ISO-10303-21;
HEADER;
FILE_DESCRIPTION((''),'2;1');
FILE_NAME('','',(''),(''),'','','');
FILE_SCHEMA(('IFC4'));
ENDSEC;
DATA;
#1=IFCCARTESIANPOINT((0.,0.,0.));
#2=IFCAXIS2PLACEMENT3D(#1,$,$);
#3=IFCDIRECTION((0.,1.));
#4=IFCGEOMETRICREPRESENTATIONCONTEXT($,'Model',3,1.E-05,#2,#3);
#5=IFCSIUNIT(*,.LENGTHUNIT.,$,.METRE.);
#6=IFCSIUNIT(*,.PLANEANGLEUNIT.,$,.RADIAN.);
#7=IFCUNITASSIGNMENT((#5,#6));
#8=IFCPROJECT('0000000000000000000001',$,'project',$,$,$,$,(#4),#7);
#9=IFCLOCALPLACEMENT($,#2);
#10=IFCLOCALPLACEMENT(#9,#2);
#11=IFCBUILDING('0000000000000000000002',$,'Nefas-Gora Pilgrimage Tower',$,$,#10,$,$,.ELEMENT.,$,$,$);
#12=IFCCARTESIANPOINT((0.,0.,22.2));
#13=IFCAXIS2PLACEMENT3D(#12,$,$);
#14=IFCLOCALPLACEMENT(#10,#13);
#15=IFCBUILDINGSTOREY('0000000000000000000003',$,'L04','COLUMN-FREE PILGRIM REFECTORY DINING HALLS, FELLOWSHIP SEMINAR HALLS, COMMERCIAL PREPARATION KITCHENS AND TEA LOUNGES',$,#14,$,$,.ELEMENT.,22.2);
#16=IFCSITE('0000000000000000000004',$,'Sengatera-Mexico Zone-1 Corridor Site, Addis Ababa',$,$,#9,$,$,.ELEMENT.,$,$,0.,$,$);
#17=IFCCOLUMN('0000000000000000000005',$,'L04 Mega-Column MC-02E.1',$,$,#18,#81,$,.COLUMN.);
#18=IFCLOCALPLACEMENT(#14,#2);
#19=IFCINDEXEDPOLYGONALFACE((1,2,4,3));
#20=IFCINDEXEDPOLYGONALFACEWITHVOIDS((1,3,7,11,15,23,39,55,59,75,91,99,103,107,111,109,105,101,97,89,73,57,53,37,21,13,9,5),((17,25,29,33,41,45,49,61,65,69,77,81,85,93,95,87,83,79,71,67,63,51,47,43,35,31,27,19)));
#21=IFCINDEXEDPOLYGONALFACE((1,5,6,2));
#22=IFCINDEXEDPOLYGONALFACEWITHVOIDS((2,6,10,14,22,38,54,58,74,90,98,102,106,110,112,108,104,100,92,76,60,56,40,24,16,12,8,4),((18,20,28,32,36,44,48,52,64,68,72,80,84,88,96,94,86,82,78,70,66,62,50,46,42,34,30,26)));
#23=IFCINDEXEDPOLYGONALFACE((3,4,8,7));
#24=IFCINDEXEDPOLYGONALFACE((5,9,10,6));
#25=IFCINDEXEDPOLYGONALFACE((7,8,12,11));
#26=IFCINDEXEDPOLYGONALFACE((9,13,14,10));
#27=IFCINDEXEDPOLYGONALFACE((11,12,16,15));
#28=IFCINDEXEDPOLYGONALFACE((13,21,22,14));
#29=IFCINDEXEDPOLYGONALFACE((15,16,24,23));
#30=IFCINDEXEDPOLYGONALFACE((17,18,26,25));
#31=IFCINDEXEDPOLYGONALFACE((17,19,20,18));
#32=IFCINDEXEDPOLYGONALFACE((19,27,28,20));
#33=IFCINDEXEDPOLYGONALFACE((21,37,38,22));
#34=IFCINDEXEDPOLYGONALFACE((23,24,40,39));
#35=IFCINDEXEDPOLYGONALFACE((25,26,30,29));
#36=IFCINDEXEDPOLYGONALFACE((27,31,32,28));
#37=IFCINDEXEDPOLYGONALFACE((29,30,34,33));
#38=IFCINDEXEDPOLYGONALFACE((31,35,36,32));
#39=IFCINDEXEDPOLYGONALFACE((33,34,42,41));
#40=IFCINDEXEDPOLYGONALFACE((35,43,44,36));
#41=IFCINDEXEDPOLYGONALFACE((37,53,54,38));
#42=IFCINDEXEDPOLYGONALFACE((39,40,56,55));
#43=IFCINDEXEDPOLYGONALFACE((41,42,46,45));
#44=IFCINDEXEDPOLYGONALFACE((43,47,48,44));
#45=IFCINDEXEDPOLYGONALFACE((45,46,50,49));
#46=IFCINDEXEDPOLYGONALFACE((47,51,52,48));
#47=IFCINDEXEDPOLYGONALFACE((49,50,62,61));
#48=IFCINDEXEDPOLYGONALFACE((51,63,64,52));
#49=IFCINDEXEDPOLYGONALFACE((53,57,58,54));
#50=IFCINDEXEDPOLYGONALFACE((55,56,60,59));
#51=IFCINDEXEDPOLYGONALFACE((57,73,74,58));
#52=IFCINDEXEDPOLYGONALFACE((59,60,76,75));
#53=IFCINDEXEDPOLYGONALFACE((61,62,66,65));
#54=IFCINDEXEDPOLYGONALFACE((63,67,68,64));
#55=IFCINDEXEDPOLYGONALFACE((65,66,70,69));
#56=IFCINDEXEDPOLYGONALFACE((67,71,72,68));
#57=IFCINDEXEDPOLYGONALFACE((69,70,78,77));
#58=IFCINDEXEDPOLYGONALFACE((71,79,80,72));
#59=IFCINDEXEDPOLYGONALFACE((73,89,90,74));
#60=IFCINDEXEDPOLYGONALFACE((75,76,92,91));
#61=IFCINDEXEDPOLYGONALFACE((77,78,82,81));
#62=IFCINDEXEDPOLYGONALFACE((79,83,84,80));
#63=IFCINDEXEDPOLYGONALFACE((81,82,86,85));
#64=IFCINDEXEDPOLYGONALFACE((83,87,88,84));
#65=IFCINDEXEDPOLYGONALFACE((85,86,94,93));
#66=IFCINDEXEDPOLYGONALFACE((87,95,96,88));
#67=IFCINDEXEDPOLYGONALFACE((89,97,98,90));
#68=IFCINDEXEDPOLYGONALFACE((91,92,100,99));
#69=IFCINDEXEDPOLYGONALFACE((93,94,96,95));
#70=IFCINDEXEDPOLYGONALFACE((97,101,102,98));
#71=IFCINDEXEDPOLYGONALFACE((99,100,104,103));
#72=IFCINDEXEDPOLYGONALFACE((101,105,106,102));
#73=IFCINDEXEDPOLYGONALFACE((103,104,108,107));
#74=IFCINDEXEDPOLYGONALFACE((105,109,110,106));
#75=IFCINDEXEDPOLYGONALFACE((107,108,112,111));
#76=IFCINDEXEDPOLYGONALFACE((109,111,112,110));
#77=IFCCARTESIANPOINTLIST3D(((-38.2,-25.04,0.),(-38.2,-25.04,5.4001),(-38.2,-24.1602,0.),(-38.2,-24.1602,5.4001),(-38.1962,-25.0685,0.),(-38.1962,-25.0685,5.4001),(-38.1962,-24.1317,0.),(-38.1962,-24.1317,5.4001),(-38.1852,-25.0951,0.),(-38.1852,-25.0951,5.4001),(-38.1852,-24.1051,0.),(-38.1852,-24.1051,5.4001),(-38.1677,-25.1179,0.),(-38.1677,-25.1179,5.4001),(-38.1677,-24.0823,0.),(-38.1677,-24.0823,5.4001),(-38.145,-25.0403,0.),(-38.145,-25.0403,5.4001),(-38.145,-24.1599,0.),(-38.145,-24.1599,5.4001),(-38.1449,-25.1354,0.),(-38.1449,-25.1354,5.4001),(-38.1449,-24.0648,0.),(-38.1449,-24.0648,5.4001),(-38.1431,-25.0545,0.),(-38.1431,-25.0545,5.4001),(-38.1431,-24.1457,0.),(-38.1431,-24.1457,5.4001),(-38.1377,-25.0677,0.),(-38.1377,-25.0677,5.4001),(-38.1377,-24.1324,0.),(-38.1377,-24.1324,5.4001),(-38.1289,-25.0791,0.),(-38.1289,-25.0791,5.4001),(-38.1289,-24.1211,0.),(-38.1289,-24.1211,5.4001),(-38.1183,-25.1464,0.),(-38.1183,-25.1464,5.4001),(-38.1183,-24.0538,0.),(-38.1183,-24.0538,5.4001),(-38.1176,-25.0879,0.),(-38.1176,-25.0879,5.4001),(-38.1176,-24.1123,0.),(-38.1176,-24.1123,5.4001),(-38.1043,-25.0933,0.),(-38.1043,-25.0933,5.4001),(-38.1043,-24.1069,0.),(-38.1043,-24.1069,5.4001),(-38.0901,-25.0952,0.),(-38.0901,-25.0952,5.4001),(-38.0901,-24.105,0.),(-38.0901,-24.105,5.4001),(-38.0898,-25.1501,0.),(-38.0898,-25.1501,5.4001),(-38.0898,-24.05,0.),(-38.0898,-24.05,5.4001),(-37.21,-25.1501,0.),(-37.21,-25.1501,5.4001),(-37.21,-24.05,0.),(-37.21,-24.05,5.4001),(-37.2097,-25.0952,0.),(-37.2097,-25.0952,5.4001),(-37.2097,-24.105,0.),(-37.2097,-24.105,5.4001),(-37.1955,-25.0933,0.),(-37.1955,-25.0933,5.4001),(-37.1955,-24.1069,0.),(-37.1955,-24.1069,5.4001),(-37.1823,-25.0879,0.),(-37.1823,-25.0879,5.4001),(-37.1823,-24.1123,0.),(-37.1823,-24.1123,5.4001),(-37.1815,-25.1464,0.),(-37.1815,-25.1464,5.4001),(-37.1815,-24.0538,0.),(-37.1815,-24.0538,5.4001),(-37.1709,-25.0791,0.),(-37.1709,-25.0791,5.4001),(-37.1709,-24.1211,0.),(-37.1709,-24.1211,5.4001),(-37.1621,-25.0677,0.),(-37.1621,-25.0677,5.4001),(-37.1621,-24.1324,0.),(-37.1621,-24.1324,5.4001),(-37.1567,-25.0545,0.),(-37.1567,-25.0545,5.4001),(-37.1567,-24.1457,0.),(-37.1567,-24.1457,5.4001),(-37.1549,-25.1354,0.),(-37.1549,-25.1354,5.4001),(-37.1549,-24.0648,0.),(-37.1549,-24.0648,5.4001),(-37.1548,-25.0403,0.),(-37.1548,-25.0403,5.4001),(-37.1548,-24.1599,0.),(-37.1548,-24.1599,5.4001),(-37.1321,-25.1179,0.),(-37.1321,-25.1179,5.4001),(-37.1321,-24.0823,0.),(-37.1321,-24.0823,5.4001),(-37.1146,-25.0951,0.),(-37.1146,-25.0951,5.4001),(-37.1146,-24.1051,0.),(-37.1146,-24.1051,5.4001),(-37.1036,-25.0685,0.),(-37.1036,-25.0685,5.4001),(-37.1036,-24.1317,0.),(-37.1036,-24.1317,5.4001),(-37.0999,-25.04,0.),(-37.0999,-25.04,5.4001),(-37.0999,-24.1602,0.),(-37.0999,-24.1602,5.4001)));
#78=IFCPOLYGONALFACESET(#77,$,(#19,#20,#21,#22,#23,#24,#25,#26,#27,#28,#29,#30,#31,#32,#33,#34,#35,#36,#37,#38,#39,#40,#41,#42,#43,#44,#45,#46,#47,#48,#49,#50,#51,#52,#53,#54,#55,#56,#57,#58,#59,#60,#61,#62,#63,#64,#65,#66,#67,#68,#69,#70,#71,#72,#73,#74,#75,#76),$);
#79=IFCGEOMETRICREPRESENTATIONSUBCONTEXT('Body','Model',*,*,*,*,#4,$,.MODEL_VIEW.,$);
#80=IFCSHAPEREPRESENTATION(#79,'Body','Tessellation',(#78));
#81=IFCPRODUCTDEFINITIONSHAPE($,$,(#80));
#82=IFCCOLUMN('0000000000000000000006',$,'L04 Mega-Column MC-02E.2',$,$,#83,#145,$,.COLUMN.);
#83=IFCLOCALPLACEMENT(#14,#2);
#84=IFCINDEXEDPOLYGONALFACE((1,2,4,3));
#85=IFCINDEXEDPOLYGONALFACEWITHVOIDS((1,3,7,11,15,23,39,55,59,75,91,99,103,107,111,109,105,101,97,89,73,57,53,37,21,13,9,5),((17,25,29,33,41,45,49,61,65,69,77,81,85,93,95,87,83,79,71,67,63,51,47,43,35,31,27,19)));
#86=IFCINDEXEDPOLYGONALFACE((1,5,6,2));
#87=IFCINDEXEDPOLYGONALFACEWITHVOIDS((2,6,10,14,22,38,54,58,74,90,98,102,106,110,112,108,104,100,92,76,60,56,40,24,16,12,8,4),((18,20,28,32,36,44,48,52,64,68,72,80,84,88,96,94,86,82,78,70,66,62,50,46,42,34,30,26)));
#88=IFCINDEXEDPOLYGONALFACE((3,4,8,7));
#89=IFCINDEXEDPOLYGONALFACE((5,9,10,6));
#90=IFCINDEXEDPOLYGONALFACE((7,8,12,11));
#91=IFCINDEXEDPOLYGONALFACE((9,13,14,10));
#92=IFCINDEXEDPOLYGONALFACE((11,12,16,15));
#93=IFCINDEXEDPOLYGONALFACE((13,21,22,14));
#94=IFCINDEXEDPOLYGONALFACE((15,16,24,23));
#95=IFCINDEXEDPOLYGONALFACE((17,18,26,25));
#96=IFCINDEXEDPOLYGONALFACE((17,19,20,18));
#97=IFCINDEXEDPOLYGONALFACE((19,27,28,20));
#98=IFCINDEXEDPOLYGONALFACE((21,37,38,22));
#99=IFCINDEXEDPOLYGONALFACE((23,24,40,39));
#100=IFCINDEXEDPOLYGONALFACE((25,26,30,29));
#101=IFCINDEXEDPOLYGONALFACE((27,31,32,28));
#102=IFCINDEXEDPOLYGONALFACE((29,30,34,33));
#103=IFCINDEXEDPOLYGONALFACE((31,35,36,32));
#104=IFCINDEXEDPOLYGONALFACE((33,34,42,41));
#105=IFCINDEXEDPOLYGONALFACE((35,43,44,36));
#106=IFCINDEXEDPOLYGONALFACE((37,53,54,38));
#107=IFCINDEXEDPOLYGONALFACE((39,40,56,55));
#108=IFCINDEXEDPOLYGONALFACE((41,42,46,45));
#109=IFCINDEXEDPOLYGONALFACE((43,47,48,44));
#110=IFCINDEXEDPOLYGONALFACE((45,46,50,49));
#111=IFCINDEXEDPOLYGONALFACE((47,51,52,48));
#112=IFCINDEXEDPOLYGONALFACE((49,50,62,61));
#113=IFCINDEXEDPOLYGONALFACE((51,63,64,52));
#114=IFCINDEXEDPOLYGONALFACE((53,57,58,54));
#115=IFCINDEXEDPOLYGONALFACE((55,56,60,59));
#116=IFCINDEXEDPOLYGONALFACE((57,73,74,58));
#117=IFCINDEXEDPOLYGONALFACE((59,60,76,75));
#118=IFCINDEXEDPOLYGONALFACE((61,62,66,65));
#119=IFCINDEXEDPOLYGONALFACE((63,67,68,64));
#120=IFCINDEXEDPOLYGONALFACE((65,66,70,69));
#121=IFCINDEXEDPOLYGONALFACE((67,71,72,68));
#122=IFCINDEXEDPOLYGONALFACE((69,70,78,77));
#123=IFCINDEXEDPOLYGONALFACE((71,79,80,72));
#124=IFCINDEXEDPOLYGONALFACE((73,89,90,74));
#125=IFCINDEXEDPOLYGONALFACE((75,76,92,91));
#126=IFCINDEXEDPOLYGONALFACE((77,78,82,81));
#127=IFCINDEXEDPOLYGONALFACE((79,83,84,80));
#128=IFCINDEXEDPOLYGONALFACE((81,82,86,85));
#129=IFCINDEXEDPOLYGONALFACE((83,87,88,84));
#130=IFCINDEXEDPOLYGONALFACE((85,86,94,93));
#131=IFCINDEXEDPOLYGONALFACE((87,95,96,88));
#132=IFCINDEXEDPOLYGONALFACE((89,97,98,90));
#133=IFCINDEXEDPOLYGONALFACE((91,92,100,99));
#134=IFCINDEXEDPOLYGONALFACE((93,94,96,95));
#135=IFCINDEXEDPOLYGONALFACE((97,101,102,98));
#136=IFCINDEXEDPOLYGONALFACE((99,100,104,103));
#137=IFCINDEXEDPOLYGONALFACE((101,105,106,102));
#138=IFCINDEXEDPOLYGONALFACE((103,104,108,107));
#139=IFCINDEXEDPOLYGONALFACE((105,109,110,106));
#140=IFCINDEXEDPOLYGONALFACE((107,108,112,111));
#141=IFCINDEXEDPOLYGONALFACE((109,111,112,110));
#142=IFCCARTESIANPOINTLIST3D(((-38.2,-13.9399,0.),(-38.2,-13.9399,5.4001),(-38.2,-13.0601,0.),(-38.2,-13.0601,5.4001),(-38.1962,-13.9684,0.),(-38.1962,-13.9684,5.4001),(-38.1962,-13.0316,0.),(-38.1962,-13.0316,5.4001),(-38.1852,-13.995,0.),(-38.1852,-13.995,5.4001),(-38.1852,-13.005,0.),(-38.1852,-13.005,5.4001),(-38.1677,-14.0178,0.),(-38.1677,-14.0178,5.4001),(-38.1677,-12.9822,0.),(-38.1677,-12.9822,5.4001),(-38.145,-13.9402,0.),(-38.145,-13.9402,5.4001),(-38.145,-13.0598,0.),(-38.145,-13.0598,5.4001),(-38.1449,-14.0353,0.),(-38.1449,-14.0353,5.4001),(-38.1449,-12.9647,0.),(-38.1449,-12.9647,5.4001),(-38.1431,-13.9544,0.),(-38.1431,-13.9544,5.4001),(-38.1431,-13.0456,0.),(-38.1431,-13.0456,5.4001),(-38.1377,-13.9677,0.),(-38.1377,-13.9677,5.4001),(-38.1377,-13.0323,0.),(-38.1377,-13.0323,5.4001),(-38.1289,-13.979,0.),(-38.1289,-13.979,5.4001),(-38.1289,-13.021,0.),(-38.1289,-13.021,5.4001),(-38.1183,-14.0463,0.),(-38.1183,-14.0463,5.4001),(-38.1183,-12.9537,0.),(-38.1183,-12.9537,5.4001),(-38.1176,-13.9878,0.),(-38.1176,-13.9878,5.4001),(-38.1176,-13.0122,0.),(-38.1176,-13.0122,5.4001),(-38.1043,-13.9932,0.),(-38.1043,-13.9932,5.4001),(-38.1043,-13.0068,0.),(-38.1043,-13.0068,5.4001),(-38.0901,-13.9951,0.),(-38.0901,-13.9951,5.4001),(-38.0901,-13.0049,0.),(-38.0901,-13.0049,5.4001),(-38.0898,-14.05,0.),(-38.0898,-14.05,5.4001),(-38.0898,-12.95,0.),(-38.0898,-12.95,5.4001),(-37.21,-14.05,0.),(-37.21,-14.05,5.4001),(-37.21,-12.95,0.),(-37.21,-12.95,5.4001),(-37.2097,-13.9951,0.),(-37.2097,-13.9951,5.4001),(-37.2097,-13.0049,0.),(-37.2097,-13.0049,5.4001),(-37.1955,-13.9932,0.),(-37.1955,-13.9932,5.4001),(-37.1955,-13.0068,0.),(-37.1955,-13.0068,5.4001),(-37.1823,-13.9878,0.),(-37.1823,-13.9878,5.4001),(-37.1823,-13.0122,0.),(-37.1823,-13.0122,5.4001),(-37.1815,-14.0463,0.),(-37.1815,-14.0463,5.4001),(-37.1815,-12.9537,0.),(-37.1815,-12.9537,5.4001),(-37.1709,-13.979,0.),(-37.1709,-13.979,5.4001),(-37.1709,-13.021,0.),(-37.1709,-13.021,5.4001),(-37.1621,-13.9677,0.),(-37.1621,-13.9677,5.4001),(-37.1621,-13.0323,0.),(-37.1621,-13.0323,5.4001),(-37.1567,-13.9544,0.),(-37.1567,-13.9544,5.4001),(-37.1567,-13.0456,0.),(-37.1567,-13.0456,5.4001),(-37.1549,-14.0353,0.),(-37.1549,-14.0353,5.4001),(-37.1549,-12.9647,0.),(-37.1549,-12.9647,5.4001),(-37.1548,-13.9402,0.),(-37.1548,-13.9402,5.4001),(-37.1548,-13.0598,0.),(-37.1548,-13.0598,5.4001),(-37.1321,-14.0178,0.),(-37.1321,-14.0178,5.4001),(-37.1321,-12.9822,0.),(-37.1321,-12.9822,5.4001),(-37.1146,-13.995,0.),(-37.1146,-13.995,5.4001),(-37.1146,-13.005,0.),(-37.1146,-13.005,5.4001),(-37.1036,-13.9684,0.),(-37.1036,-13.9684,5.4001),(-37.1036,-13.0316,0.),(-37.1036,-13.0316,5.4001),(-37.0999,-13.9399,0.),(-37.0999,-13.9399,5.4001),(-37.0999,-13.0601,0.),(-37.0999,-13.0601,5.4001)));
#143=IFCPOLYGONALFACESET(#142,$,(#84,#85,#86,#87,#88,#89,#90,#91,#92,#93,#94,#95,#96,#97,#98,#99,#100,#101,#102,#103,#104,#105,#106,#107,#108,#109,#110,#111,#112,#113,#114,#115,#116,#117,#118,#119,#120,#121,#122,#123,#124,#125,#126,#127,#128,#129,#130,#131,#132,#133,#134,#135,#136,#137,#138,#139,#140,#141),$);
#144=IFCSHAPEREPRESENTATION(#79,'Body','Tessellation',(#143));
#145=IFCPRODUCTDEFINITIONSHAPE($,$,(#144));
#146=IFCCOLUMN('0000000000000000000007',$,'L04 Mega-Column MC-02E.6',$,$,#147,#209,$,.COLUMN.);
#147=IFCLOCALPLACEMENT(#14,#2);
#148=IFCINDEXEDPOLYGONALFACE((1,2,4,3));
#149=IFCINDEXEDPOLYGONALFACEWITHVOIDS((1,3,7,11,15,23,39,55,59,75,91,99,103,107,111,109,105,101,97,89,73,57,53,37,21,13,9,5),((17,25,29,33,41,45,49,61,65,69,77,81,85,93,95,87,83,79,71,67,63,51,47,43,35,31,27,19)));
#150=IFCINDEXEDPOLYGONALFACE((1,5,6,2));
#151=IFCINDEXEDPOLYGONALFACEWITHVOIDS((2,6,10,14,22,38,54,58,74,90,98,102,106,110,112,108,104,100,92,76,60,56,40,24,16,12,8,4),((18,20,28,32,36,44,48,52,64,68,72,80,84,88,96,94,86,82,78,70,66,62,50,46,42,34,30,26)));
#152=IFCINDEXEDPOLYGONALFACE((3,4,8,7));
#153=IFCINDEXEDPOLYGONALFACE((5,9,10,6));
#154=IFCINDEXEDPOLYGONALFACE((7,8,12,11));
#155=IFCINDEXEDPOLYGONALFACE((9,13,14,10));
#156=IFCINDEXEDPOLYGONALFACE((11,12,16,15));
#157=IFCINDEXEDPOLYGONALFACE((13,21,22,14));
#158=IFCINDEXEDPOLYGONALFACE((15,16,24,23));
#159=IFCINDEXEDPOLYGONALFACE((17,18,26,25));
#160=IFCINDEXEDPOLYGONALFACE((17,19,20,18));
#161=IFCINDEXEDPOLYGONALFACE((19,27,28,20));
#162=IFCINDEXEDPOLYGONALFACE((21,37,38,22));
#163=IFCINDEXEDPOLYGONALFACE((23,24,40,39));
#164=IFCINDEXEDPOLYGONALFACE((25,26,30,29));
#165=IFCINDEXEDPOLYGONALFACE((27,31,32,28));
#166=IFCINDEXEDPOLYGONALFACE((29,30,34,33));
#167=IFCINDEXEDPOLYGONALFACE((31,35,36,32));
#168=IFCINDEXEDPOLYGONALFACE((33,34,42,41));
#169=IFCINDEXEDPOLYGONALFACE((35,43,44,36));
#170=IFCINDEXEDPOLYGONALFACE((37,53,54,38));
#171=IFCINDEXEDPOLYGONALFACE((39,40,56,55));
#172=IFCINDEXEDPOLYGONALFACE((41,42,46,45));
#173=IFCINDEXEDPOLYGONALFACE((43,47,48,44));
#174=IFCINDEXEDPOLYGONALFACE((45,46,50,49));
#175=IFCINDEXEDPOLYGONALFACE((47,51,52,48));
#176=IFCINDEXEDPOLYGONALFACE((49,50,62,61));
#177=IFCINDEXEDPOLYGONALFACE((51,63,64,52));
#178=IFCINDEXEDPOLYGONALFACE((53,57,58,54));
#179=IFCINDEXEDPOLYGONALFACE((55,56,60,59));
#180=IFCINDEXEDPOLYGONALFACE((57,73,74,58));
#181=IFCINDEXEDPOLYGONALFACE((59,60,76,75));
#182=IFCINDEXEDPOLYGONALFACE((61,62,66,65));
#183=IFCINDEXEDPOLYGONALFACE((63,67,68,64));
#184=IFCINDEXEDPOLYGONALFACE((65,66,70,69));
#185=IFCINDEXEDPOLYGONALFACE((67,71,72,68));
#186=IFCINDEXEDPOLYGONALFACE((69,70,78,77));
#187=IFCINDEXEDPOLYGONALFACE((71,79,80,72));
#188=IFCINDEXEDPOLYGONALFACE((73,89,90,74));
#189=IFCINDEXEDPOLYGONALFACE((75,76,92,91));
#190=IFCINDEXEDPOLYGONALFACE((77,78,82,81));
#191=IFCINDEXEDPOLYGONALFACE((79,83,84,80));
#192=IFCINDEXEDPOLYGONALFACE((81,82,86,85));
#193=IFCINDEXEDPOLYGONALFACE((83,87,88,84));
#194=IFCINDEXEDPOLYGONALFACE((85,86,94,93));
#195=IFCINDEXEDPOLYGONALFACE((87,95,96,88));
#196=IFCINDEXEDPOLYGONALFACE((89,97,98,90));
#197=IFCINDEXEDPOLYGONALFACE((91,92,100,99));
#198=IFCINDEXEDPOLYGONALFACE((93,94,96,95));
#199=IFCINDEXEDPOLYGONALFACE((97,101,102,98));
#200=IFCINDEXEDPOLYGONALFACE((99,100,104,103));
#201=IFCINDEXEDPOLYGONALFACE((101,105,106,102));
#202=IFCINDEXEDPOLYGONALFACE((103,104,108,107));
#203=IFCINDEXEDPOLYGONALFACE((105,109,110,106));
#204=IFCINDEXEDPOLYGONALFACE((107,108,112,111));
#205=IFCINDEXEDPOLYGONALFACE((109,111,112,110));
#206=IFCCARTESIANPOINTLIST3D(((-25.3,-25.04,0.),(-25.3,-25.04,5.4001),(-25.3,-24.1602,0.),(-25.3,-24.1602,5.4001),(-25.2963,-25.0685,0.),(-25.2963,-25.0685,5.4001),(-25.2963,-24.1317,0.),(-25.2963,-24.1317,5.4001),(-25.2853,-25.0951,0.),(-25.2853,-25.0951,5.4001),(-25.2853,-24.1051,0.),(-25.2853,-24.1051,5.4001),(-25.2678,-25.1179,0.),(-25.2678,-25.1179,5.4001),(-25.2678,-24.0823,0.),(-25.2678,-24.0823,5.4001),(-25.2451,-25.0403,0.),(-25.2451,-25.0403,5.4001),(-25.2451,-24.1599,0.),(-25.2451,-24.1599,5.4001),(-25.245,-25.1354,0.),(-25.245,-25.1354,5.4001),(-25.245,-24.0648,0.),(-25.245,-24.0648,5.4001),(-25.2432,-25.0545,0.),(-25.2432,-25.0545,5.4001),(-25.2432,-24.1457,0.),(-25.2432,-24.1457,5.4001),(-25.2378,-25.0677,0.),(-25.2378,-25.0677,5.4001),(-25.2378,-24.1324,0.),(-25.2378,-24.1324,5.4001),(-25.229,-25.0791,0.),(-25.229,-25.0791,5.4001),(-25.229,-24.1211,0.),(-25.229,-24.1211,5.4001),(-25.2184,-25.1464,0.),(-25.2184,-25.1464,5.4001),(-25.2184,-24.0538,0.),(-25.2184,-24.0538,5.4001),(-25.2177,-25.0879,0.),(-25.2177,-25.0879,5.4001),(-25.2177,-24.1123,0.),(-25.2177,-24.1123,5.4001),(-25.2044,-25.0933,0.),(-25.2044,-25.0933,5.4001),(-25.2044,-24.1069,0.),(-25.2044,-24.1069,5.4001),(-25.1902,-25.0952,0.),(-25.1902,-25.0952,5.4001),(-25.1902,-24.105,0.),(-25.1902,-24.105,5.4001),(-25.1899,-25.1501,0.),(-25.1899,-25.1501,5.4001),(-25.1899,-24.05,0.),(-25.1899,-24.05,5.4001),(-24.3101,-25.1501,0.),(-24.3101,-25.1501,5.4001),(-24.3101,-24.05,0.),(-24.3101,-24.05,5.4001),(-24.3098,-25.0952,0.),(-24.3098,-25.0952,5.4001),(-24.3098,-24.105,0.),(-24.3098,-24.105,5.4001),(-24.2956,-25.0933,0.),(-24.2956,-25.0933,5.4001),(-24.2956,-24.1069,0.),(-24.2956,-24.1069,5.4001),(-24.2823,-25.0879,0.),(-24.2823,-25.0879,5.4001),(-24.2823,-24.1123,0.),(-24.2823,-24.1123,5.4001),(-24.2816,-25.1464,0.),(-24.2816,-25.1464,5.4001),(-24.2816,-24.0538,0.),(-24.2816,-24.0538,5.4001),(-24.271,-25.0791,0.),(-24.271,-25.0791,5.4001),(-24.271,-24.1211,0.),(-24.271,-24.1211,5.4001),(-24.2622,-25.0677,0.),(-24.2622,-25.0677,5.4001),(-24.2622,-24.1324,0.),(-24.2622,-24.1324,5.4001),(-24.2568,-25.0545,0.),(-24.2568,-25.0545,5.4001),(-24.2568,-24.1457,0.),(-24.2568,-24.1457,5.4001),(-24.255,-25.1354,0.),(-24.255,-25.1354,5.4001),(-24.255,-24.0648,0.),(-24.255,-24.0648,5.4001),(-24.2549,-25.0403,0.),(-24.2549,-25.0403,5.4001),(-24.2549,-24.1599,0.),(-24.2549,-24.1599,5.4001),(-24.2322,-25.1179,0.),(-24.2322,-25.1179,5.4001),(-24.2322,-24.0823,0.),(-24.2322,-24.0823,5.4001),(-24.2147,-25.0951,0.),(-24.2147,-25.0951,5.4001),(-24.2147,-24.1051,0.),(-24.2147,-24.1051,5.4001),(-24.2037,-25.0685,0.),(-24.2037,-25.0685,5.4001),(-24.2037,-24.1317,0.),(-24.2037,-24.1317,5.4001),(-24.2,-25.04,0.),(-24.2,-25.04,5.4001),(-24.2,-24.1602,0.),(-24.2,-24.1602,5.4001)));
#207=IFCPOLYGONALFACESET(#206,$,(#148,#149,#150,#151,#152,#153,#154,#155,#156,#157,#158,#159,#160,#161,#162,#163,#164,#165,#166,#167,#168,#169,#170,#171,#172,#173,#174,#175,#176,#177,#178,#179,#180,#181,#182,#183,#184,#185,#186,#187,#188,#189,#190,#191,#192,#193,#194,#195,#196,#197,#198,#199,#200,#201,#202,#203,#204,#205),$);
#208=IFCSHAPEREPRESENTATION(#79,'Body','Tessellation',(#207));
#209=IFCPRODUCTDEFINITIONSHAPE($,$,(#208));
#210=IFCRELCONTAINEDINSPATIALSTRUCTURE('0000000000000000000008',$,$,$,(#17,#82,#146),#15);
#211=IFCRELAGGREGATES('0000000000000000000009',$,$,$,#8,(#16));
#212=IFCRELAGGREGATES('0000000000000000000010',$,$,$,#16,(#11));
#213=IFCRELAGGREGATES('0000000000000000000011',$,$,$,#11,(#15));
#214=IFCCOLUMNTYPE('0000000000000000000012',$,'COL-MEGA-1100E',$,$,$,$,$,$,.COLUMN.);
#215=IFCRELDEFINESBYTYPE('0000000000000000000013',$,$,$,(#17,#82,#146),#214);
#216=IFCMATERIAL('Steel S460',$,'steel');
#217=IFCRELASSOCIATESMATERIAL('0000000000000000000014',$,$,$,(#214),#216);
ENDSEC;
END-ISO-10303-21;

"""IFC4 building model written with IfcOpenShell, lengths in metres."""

from ifc_helpers import new_model, si_unit, direction, frame, origin, origin_2d, place, context, subcontext, project, spatial, hollow_rectangle, extrude, source, transform, mapped, material, material_profile, profile_set, type_object, element, save


model = new_model("IFC4")

# Units and contexts
model_context = context("Model", 3, precision=1e-05, world=origin(), true_north=direction((0.0, 1.0)))
body_context = subcontext(model_context, "Body", "Model", "MODEL_VIEW")
ifc_project = project(units=[si_unit("LENGTHUNIT", "METRE"), si_unit("PLANEANGLEUNIT", "RADIAN")], contexts=[model_context])

# Site, building, storey
site_placement = place(None, origin())
site = spatial("IfcSite", under=ifc_project, at=site_placement, Name="Sengatera-Mexico Zone-1 Corridor Site, Addis Ababa", CompositionType="ELEMENT", RefElevation=0.0)
building_placement = place(site_placement, origin())
building = spatial("IfcBuilding", under=site, at=building_placement, Name="Nefas-Gora Pilgrimage Tower", CompositionType="ELEMENT")
storey_placement = place(building_placement, frame((0.0, 0.0, 22.2)))
storey = spatial("IfcBuildingStorey", under=building, at=storey_placement, Name="L04", Description="COLUMN-FREE PILGRIM REFECTORY DINING HALLS, FELLOWSHIP SEMINAR HALLS, COMMERCIAL PREPARATION KITCHENS AND TEA LOUNGES", CompositionType="ELEMENT", Elevation=22.2)

# Columns
ifc_material_1 = material(Name="Steel S460", Category="steel")
ifc_material_profile_1 = material_profile(ifc_material_1, hollow_rectangle(XDim=1.1001, YDim=1.1001, WallThickness=0.0549, InnerFilletRadius=0.0549, OuterFilletRadius=0.1101, at=origin_2d()), Name="BOX 1100x1100x55")
ifc_profile_set_1 = profile_set([ifc_material_profile_1], Name="Steel S460")
column_type_1 = type_object("IfcColumnType", Name="COL-MEGA-1100E", PredefinedType="COLUMN", material=ifc_profile_set_1)
shared_shape_1 = source(origin(), body_context, "Body", "SweptSolid", [
    extrude(hollow_rectangle(XDim=1.1001, YDim=1.1001, WallThickness=0.0549, InnerFilletRadius=0.0549, OuterFilletRadius=0.1101, at=origin_2d()), origin(), (0.0, 0.0, 1.0), 5.4001),
])
for number, where, z_axis, x_axis, name in (
    (1, (-37.6499, -24.6001, 0.0), (0.0, 0.0, 1.0), (1.0, 0.0, 0.0), "L04 Mega-Column MC-02E.1"),
    (2, (-37.6499, -13.5, 0.0), (0.0, 0.0, 1.0), (1.0, 0.0, 0.0), "L04 Mega-Column MC-02E.2"),
    (3, (-24.75, -24.6001, 0.0), (0.0, 0.0, 1.0), (1.0, 0.0, 0.0), "L04 Mega-Column MC-02E.6"),
):
    element("IfcColumn", number, at=place(storey_placement, frame(where, z_axis=z_axis, x_axis=x_axis)), inside=storey, type_object=column_type_1, Name=name, PredefinedType="COLUMN", context=body_context, shape_type="MappedRepresentation", body=[
        mapped(shared_shape_1, transform((0.0, 0.0, 0.0), x_axis=(1.0, 0.0, 0.0), y_axis=(0.0, 1.0, 0.0), z_axis=(0.0, 0.0, 1.0), scale=1.0)),
    ])

save(model, "model.ifc")
